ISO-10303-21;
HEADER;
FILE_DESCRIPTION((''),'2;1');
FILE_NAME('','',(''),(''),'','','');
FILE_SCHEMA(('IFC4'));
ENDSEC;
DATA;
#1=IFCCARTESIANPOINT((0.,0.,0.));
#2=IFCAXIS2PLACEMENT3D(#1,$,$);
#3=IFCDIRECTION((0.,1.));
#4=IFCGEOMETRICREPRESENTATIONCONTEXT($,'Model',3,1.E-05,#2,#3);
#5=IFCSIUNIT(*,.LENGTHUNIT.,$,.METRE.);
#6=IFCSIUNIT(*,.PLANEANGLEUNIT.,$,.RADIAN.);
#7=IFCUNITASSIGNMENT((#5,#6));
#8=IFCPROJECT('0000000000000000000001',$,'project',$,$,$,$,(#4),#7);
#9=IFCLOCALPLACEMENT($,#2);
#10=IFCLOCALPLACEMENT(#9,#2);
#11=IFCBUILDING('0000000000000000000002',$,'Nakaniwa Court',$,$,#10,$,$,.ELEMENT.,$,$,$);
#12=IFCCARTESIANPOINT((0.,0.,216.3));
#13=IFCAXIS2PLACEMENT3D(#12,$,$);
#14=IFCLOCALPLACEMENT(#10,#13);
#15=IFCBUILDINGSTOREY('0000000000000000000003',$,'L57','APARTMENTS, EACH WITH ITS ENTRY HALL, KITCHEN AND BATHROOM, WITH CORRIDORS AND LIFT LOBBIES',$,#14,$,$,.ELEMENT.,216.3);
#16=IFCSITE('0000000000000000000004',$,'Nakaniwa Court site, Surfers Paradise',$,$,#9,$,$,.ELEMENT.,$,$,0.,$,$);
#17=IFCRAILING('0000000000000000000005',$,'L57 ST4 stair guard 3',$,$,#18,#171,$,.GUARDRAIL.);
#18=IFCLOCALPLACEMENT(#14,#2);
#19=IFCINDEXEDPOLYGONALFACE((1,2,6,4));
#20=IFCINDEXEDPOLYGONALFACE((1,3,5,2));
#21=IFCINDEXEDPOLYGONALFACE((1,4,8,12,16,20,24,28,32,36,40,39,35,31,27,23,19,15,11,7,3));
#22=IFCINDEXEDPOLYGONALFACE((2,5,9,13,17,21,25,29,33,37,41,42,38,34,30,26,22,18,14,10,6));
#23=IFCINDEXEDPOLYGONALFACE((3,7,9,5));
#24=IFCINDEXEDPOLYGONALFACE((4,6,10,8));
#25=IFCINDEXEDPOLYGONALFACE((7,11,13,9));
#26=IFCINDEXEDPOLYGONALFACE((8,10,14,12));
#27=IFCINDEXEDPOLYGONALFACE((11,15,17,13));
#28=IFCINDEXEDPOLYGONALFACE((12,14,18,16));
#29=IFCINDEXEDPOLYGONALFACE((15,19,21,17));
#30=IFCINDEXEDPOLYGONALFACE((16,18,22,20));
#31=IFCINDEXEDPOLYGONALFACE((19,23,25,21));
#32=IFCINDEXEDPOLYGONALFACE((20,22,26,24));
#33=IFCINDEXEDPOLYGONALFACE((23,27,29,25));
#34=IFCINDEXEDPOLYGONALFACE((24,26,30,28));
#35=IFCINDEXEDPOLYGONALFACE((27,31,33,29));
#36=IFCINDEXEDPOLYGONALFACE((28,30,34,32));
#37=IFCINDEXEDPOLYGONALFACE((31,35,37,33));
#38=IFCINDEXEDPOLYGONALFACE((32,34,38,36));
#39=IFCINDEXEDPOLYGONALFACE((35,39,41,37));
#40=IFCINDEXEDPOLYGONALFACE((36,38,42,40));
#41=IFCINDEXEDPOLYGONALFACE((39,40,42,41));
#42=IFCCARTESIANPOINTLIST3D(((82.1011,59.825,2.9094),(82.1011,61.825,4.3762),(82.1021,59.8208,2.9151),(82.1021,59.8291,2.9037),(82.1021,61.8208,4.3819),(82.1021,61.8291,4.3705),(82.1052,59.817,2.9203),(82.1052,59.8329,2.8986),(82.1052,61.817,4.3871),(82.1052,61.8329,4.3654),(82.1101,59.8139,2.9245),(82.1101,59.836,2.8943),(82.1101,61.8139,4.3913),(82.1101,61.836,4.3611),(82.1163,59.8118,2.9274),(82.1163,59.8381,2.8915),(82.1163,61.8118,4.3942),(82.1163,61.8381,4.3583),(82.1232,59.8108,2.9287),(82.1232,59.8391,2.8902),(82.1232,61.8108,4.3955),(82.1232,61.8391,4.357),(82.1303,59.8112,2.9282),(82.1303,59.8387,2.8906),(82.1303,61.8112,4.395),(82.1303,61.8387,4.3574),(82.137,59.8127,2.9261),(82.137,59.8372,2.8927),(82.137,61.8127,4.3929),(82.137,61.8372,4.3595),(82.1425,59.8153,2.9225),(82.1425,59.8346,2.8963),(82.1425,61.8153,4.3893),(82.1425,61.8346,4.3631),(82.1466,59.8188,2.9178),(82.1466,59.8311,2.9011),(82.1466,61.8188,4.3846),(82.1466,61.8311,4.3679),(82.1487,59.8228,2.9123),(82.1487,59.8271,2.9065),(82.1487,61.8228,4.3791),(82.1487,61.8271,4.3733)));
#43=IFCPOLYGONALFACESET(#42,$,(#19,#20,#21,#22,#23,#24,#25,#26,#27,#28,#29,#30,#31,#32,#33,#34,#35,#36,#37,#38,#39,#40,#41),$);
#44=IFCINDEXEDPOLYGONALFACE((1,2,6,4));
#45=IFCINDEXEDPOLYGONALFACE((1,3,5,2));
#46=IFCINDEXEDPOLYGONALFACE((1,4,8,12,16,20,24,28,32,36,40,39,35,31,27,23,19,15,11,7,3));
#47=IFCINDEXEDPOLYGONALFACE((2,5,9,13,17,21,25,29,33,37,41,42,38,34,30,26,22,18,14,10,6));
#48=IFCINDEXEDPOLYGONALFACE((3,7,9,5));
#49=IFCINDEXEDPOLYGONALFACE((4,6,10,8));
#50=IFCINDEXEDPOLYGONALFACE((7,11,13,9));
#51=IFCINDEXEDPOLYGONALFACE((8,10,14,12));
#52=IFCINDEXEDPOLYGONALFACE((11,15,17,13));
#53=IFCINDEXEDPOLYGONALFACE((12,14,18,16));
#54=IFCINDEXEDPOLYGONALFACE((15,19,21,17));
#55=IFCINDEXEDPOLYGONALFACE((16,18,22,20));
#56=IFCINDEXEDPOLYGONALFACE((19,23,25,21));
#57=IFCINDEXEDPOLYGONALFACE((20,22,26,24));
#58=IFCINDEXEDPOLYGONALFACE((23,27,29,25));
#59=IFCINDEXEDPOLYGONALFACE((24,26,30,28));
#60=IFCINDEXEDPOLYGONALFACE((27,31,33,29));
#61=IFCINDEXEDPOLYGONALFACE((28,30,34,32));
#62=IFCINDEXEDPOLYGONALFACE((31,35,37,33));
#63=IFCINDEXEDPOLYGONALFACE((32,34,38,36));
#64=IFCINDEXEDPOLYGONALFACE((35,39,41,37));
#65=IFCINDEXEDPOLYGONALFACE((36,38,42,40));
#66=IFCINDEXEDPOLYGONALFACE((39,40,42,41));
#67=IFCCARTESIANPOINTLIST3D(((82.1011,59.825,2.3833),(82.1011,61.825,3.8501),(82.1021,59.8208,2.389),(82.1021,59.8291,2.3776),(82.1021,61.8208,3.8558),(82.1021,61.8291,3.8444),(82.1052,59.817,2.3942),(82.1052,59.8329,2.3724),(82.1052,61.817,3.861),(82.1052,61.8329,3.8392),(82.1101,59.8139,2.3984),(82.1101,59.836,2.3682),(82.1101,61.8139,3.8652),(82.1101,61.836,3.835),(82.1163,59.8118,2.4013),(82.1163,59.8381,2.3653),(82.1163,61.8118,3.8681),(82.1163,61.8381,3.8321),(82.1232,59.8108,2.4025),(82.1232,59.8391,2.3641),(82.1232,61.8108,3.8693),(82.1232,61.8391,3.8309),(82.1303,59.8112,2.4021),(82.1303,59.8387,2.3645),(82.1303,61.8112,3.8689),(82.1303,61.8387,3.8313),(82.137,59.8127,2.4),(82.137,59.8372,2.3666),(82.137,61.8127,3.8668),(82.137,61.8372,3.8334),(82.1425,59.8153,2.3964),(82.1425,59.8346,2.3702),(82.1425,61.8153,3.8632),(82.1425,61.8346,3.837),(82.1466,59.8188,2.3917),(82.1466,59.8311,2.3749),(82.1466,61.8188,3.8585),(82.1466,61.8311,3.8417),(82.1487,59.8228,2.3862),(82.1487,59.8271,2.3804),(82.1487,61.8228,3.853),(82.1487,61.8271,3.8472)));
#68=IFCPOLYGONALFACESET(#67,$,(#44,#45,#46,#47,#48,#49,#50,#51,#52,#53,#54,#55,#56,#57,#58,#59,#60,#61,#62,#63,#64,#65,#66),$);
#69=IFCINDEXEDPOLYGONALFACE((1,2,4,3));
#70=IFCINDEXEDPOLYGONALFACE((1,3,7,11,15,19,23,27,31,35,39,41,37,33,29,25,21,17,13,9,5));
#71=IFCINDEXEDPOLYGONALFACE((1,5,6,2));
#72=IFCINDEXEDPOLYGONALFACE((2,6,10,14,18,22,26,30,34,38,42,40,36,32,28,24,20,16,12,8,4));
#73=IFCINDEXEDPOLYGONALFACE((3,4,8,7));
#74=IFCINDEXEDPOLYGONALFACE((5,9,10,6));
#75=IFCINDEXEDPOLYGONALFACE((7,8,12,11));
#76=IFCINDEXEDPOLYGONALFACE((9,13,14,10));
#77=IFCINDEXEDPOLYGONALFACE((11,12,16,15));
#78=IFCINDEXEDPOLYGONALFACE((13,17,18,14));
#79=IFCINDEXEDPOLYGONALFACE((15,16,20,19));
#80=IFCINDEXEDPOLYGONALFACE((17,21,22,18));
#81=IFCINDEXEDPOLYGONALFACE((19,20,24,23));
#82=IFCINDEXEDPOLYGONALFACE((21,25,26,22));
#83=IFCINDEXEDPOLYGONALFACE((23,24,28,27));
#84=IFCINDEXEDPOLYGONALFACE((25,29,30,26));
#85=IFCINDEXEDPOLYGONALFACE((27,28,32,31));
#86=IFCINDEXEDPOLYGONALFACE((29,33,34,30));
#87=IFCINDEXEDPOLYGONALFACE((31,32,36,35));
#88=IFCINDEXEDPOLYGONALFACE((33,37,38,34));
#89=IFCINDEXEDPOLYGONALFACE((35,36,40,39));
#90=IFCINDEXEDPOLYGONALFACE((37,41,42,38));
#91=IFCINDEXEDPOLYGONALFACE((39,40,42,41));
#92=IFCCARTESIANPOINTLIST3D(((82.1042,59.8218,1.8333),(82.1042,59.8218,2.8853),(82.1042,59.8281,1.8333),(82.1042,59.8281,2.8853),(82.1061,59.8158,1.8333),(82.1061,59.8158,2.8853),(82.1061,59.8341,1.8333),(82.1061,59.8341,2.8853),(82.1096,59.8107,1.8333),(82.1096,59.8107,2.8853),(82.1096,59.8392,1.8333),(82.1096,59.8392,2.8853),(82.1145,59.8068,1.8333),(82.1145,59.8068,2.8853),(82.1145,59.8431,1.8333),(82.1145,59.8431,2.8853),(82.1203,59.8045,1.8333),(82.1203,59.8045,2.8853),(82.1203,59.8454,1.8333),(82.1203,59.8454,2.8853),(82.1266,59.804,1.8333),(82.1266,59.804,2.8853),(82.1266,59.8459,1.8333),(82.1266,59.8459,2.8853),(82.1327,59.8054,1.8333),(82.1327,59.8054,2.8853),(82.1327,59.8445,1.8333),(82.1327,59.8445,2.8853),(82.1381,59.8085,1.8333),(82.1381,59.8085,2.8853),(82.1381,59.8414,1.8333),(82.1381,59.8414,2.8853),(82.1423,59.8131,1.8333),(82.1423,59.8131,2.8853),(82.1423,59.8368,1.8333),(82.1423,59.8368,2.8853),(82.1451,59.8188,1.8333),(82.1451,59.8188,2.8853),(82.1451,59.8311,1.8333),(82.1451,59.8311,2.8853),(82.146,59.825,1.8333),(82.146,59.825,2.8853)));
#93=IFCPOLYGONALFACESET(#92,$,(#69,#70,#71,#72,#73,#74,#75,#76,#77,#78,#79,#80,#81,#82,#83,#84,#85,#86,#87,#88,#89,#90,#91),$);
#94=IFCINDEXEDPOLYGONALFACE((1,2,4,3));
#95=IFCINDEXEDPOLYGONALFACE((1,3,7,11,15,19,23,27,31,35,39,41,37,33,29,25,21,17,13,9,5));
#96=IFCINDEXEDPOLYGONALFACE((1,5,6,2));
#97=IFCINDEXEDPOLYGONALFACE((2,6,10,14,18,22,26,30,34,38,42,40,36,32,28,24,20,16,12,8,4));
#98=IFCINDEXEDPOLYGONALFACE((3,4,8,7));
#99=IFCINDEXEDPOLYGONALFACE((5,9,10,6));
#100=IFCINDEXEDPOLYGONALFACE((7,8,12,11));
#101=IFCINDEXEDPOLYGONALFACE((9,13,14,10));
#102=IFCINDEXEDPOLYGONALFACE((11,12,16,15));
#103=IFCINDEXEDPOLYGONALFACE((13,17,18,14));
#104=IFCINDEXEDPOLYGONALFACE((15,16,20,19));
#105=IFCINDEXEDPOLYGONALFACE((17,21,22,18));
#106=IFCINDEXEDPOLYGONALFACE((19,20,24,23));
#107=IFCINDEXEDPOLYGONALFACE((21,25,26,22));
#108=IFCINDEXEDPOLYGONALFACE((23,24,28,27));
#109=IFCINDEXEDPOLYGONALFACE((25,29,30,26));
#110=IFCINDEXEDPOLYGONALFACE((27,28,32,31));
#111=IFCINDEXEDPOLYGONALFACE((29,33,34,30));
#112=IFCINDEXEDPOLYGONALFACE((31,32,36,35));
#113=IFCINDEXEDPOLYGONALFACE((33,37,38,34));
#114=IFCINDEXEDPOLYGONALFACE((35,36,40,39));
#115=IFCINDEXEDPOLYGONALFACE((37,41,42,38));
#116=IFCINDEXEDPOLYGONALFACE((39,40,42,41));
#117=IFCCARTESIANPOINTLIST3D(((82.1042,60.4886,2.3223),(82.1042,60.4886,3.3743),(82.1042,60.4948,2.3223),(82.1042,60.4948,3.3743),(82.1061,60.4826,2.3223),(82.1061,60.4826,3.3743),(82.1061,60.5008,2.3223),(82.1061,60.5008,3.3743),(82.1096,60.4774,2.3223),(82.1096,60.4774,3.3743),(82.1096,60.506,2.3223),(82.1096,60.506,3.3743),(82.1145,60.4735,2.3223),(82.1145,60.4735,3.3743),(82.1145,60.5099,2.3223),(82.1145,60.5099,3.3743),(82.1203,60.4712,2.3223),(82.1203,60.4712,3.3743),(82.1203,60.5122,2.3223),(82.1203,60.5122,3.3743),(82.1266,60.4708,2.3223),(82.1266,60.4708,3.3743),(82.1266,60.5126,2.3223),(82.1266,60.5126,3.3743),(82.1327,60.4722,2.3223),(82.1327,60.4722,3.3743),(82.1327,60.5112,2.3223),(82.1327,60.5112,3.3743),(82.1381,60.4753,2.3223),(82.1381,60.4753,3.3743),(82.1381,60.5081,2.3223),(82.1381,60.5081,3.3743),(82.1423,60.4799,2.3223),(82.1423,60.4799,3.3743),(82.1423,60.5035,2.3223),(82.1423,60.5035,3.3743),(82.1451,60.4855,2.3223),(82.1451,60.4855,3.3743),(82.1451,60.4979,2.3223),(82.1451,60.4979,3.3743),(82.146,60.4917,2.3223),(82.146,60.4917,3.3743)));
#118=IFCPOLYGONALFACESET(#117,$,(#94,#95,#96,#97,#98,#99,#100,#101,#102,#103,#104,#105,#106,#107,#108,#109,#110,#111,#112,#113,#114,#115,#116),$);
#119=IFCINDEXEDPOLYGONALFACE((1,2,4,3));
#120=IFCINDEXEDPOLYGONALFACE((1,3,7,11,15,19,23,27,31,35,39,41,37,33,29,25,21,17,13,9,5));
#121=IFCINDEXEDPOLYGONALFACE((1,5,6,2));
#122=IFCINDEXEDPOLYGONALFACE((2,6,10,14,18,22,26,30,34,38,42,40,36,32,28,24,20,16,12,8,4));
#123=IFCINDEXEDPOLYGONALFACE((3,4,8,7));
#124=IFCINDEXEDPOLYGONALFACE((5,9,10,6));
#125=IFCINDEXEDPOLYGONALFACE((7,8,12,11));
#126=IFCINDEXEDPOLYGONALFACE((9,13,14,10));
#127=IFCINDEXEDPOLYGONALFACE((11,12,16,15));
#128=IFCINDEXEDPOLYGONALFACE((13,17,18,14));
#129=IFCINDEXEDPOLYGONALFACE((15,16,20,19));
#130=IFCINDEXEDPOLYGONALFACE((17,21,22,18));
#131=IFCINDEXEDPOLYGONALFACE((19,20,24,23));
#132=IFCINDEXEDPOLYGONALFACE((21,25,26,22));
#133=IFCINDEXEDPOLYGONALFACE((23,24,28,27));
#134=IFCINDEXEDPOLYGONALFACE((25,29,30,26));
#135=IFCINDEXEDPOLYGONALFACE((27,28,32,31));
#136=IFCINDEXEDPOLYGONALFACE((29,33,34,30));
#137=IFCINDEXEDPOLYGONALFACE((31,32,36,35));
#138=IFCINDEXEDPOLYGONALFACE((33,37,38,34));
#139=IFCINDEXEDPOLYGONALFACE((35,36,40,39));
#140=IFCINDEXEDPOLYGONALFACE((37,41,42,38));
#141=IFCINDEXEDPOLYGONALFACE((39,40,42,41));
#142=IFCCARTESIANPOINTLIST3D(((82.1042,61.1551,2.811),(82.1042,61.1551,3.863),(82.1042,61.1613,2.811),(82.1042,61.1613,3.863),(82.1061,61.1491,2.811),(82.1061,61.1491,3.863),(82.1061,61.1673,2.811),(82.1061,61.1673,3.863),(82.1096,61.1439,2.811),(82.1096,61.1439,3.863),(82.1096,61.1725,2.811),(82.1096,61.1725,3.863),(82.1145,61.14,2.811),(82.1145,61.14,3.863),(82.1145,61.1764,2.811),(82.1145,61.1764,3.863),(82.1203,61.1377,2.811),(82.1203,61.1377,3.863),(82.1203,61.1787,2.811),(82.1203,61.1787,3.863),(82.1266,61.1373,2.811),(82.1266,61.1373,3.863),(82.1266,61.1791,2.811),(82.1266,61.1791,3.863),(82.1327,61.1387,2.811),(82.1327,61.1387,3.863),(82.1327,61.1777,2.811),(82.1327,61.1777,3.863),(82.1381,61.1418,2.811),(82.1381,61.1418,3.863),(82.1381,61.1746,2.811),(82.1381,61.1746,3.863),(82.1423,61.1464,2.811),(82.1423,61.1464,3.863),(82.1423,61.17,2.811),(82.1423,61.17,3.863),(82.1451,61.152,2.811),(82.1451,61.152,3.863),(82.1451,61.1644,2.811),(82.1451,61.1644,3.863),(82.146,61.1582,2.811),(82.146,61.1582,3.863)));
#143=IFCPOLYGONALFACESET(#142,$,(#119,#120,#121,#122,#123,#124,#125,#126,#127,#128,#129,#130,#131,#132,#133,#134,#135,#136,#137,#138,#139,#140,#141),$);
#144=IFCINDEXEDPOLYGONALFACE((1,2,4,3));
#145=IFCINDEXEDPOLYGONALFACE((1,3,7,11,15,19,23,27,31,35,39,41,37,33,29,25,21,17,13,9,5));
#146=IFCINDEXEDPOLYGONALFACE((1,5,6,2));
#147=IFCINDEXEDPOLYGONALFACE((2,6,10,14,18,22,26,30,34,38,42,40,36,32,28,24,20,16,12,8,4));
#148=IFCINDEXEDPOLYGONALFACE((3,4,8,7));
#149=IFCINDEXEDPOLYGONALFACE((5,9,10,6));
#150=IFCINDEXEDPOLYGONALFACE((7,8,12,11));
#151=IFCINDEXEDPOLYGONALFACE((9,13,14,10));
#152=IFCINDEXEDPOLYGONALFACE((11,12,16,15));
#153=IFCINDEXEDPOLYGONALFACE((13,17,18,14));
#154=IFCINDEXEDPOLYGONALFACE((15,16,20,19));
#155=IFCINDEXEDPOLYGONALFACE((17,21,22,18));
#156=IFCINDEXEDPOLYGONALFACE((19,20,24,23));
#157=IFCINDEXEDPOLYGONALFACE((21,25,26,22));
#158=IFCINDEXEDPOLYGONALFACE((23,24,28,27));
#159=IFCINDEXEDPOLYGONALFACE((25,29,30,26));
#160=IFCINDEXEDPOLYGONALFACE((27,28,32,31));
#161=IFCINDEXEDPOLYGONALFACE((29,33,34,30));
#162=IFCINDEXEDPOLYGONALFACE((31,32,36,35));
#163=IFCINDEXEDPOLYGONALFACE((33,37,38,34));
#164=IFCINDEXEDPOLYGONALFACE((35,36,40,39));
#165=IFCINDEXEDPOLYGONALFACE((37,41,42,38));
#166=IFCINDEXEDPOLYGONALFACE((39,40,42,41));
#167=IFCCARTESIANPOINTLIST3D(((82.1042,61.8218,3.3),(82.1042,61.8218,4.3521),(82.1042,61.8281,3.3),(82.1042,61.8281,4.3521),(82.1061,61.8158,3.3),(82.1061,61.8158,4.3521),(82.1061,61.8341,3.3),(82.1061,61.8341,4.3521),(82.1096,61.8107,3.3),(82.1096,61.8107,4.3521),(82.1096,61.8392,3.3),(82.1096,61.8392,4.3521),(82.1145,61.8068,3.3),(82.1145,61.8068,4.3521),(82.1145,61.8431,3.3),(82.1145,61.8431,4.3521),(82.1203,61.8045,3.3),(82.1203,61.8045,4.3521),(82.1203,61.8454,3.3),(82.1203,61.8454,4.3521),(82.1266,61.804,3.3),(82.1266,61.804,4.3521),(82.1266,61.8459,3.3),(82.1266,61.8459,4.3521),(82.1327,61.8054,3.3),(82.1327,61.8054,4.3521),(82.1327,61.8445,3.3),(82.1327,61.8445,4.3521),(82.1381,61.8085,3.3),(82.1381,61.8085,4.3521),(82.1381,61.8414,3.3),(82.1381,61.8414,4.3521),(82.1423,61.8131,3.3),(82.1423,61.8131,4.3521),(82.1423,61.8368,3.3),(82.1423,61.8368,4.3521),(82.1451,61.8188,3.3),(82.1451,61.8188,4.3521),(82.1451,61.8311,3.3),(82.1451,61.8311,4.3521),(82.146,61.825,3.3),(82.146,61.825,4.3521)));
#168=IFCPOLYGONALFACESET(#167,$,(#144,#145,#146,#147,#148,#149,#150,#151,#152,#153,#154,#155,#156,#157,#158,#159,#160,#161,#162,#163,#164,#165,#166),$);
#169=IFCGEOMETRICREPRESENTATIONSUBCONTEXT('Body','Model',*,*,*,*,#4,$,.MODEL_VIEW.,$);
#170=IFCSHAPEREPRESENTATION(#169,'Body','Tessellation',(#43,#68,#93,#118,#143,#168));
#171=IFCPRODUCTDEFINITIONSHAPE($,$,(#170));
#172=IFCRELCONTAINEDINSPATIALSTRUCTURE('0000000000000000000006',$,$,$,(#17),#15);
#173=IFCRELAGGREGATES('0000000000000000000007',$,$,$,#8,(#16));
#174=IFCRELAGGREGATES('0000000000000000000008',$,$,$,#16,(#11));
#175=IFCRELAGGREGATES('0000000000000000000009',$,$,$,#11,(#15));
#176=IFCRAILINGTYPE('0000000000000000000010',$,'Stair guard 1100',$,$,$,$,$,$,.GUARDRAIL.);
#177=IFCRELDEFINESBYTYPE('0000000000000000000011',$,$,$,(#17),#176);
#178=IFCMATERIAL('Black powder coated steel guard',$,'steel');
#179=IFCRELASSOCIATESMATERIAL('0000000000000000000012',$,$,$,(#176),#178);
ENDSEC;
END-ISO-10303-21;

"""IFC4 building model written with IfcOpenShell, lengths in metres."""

from ifc_helpers import new_model, si_unit, direction, frame, origin, origin_2d, place, context, subcontext, project, spatial, circle, extrude, material, type_object, element, save


model = new_model("IFC4")

# Units and contexts
model_context = context("Model", 3, precision=1e-05, world=origin(), true_north=direction((0.0, 1.0)))
body_context = subcontext(model_context, "Body", "Model", "MODEL_VIEW")
ifc_project = project(units=[si_unit("LENGTHUNIT", "METRE"), si_unit("PLANEANGLEUNIT", "RADIAN")], contexts=[model_context])

# Site, building, storey
site_placement = place(None, origin())
site = spatial("IfcSite", under=ifc_project, at=site_placement, Name="Nakaniwa Court site, Surfers Paradise", CompositionType="ELEMENT", RefElevation=0.0)
building_placement = place(site_placement, origin())
building = spatial("IfcBuilding", under=site, at=building_placement, Name="Nakaniwa Court", CompositionType="ELEMENT")
storey_placement = place(building_placement, frame((0.0, 0.0, 216.3)))
storey = spatial("IfcBuildingStorey", under=building, at=storey_placement, Name="L57", Description="APARTMENTS, EACH WITH ITS ENTRY HALL, KITCHEN AND BATHROOM, WITH CORRIDORS AND LIFT LOBBIES", CompositionType="ELEMENT", Elevation=216.3)

# Railing
ifc_material_1 = material(Name="Black powder coated steel guard", Category="steel")
railing_type_1 = type_object("IfcRailingType", Name="Stair guard 1100", PredefinedType="GUARDRAIL", material=ifc_material_1)
railing_1_placement = place(storey_placement, frame((82.125, 59.825, 1.8333)))
element("IfcRailing", 1, at=railing_1_placement, inside=storey, type_object=railing_type_1, Name="L57 ST4 stair guard 3", PredefinedType="GUARDRAIL", context=body_context, shape_type="SweptSolid", body=[
    extrude(circle(Radius=0.0239, at=origin_2d()), frame((0.0, 0.0, 1.0762), z_axis=(0.0, 0.80638, 0.591398), x_axis=(-1.0, 0.0, 0.0)), (0.0, 0.0, 1.0), 2.4802),
    extrude(circle(Radius=0.0239, at=origin_2d()), frame((0.0, 0.0, 0.55), z_axis=(0.0, 0.80638, 0.591398), x_axis=(-1.0, 0.0, 0.0)), (0.0, 0.0, 1.0), 2.4802),
    extrude(circle(Radius=0.021, at=origin_2d()), origin(), (0.0, 0.0, 1.0), 1.052),
    extrude(circle(Radius=0.021, at=origin_2d()), frame((0.0, 0.6667, 0.489)), (0.0, 0.0, 1.0), 1.052),
    extrude(circle(Radius=0.021, at=origin_2d()), frame((0.0, 1.3333, 0.9778)), (0.0, 0.0, 1.0), 1.052),
    extrude(circle(Radius=0.021, at=origin_2d()), frame((0.0, 2.0, 1.4668)), (0.0, 0.0, 1.0), 1.052),
])

save(model, "model.ifc")
